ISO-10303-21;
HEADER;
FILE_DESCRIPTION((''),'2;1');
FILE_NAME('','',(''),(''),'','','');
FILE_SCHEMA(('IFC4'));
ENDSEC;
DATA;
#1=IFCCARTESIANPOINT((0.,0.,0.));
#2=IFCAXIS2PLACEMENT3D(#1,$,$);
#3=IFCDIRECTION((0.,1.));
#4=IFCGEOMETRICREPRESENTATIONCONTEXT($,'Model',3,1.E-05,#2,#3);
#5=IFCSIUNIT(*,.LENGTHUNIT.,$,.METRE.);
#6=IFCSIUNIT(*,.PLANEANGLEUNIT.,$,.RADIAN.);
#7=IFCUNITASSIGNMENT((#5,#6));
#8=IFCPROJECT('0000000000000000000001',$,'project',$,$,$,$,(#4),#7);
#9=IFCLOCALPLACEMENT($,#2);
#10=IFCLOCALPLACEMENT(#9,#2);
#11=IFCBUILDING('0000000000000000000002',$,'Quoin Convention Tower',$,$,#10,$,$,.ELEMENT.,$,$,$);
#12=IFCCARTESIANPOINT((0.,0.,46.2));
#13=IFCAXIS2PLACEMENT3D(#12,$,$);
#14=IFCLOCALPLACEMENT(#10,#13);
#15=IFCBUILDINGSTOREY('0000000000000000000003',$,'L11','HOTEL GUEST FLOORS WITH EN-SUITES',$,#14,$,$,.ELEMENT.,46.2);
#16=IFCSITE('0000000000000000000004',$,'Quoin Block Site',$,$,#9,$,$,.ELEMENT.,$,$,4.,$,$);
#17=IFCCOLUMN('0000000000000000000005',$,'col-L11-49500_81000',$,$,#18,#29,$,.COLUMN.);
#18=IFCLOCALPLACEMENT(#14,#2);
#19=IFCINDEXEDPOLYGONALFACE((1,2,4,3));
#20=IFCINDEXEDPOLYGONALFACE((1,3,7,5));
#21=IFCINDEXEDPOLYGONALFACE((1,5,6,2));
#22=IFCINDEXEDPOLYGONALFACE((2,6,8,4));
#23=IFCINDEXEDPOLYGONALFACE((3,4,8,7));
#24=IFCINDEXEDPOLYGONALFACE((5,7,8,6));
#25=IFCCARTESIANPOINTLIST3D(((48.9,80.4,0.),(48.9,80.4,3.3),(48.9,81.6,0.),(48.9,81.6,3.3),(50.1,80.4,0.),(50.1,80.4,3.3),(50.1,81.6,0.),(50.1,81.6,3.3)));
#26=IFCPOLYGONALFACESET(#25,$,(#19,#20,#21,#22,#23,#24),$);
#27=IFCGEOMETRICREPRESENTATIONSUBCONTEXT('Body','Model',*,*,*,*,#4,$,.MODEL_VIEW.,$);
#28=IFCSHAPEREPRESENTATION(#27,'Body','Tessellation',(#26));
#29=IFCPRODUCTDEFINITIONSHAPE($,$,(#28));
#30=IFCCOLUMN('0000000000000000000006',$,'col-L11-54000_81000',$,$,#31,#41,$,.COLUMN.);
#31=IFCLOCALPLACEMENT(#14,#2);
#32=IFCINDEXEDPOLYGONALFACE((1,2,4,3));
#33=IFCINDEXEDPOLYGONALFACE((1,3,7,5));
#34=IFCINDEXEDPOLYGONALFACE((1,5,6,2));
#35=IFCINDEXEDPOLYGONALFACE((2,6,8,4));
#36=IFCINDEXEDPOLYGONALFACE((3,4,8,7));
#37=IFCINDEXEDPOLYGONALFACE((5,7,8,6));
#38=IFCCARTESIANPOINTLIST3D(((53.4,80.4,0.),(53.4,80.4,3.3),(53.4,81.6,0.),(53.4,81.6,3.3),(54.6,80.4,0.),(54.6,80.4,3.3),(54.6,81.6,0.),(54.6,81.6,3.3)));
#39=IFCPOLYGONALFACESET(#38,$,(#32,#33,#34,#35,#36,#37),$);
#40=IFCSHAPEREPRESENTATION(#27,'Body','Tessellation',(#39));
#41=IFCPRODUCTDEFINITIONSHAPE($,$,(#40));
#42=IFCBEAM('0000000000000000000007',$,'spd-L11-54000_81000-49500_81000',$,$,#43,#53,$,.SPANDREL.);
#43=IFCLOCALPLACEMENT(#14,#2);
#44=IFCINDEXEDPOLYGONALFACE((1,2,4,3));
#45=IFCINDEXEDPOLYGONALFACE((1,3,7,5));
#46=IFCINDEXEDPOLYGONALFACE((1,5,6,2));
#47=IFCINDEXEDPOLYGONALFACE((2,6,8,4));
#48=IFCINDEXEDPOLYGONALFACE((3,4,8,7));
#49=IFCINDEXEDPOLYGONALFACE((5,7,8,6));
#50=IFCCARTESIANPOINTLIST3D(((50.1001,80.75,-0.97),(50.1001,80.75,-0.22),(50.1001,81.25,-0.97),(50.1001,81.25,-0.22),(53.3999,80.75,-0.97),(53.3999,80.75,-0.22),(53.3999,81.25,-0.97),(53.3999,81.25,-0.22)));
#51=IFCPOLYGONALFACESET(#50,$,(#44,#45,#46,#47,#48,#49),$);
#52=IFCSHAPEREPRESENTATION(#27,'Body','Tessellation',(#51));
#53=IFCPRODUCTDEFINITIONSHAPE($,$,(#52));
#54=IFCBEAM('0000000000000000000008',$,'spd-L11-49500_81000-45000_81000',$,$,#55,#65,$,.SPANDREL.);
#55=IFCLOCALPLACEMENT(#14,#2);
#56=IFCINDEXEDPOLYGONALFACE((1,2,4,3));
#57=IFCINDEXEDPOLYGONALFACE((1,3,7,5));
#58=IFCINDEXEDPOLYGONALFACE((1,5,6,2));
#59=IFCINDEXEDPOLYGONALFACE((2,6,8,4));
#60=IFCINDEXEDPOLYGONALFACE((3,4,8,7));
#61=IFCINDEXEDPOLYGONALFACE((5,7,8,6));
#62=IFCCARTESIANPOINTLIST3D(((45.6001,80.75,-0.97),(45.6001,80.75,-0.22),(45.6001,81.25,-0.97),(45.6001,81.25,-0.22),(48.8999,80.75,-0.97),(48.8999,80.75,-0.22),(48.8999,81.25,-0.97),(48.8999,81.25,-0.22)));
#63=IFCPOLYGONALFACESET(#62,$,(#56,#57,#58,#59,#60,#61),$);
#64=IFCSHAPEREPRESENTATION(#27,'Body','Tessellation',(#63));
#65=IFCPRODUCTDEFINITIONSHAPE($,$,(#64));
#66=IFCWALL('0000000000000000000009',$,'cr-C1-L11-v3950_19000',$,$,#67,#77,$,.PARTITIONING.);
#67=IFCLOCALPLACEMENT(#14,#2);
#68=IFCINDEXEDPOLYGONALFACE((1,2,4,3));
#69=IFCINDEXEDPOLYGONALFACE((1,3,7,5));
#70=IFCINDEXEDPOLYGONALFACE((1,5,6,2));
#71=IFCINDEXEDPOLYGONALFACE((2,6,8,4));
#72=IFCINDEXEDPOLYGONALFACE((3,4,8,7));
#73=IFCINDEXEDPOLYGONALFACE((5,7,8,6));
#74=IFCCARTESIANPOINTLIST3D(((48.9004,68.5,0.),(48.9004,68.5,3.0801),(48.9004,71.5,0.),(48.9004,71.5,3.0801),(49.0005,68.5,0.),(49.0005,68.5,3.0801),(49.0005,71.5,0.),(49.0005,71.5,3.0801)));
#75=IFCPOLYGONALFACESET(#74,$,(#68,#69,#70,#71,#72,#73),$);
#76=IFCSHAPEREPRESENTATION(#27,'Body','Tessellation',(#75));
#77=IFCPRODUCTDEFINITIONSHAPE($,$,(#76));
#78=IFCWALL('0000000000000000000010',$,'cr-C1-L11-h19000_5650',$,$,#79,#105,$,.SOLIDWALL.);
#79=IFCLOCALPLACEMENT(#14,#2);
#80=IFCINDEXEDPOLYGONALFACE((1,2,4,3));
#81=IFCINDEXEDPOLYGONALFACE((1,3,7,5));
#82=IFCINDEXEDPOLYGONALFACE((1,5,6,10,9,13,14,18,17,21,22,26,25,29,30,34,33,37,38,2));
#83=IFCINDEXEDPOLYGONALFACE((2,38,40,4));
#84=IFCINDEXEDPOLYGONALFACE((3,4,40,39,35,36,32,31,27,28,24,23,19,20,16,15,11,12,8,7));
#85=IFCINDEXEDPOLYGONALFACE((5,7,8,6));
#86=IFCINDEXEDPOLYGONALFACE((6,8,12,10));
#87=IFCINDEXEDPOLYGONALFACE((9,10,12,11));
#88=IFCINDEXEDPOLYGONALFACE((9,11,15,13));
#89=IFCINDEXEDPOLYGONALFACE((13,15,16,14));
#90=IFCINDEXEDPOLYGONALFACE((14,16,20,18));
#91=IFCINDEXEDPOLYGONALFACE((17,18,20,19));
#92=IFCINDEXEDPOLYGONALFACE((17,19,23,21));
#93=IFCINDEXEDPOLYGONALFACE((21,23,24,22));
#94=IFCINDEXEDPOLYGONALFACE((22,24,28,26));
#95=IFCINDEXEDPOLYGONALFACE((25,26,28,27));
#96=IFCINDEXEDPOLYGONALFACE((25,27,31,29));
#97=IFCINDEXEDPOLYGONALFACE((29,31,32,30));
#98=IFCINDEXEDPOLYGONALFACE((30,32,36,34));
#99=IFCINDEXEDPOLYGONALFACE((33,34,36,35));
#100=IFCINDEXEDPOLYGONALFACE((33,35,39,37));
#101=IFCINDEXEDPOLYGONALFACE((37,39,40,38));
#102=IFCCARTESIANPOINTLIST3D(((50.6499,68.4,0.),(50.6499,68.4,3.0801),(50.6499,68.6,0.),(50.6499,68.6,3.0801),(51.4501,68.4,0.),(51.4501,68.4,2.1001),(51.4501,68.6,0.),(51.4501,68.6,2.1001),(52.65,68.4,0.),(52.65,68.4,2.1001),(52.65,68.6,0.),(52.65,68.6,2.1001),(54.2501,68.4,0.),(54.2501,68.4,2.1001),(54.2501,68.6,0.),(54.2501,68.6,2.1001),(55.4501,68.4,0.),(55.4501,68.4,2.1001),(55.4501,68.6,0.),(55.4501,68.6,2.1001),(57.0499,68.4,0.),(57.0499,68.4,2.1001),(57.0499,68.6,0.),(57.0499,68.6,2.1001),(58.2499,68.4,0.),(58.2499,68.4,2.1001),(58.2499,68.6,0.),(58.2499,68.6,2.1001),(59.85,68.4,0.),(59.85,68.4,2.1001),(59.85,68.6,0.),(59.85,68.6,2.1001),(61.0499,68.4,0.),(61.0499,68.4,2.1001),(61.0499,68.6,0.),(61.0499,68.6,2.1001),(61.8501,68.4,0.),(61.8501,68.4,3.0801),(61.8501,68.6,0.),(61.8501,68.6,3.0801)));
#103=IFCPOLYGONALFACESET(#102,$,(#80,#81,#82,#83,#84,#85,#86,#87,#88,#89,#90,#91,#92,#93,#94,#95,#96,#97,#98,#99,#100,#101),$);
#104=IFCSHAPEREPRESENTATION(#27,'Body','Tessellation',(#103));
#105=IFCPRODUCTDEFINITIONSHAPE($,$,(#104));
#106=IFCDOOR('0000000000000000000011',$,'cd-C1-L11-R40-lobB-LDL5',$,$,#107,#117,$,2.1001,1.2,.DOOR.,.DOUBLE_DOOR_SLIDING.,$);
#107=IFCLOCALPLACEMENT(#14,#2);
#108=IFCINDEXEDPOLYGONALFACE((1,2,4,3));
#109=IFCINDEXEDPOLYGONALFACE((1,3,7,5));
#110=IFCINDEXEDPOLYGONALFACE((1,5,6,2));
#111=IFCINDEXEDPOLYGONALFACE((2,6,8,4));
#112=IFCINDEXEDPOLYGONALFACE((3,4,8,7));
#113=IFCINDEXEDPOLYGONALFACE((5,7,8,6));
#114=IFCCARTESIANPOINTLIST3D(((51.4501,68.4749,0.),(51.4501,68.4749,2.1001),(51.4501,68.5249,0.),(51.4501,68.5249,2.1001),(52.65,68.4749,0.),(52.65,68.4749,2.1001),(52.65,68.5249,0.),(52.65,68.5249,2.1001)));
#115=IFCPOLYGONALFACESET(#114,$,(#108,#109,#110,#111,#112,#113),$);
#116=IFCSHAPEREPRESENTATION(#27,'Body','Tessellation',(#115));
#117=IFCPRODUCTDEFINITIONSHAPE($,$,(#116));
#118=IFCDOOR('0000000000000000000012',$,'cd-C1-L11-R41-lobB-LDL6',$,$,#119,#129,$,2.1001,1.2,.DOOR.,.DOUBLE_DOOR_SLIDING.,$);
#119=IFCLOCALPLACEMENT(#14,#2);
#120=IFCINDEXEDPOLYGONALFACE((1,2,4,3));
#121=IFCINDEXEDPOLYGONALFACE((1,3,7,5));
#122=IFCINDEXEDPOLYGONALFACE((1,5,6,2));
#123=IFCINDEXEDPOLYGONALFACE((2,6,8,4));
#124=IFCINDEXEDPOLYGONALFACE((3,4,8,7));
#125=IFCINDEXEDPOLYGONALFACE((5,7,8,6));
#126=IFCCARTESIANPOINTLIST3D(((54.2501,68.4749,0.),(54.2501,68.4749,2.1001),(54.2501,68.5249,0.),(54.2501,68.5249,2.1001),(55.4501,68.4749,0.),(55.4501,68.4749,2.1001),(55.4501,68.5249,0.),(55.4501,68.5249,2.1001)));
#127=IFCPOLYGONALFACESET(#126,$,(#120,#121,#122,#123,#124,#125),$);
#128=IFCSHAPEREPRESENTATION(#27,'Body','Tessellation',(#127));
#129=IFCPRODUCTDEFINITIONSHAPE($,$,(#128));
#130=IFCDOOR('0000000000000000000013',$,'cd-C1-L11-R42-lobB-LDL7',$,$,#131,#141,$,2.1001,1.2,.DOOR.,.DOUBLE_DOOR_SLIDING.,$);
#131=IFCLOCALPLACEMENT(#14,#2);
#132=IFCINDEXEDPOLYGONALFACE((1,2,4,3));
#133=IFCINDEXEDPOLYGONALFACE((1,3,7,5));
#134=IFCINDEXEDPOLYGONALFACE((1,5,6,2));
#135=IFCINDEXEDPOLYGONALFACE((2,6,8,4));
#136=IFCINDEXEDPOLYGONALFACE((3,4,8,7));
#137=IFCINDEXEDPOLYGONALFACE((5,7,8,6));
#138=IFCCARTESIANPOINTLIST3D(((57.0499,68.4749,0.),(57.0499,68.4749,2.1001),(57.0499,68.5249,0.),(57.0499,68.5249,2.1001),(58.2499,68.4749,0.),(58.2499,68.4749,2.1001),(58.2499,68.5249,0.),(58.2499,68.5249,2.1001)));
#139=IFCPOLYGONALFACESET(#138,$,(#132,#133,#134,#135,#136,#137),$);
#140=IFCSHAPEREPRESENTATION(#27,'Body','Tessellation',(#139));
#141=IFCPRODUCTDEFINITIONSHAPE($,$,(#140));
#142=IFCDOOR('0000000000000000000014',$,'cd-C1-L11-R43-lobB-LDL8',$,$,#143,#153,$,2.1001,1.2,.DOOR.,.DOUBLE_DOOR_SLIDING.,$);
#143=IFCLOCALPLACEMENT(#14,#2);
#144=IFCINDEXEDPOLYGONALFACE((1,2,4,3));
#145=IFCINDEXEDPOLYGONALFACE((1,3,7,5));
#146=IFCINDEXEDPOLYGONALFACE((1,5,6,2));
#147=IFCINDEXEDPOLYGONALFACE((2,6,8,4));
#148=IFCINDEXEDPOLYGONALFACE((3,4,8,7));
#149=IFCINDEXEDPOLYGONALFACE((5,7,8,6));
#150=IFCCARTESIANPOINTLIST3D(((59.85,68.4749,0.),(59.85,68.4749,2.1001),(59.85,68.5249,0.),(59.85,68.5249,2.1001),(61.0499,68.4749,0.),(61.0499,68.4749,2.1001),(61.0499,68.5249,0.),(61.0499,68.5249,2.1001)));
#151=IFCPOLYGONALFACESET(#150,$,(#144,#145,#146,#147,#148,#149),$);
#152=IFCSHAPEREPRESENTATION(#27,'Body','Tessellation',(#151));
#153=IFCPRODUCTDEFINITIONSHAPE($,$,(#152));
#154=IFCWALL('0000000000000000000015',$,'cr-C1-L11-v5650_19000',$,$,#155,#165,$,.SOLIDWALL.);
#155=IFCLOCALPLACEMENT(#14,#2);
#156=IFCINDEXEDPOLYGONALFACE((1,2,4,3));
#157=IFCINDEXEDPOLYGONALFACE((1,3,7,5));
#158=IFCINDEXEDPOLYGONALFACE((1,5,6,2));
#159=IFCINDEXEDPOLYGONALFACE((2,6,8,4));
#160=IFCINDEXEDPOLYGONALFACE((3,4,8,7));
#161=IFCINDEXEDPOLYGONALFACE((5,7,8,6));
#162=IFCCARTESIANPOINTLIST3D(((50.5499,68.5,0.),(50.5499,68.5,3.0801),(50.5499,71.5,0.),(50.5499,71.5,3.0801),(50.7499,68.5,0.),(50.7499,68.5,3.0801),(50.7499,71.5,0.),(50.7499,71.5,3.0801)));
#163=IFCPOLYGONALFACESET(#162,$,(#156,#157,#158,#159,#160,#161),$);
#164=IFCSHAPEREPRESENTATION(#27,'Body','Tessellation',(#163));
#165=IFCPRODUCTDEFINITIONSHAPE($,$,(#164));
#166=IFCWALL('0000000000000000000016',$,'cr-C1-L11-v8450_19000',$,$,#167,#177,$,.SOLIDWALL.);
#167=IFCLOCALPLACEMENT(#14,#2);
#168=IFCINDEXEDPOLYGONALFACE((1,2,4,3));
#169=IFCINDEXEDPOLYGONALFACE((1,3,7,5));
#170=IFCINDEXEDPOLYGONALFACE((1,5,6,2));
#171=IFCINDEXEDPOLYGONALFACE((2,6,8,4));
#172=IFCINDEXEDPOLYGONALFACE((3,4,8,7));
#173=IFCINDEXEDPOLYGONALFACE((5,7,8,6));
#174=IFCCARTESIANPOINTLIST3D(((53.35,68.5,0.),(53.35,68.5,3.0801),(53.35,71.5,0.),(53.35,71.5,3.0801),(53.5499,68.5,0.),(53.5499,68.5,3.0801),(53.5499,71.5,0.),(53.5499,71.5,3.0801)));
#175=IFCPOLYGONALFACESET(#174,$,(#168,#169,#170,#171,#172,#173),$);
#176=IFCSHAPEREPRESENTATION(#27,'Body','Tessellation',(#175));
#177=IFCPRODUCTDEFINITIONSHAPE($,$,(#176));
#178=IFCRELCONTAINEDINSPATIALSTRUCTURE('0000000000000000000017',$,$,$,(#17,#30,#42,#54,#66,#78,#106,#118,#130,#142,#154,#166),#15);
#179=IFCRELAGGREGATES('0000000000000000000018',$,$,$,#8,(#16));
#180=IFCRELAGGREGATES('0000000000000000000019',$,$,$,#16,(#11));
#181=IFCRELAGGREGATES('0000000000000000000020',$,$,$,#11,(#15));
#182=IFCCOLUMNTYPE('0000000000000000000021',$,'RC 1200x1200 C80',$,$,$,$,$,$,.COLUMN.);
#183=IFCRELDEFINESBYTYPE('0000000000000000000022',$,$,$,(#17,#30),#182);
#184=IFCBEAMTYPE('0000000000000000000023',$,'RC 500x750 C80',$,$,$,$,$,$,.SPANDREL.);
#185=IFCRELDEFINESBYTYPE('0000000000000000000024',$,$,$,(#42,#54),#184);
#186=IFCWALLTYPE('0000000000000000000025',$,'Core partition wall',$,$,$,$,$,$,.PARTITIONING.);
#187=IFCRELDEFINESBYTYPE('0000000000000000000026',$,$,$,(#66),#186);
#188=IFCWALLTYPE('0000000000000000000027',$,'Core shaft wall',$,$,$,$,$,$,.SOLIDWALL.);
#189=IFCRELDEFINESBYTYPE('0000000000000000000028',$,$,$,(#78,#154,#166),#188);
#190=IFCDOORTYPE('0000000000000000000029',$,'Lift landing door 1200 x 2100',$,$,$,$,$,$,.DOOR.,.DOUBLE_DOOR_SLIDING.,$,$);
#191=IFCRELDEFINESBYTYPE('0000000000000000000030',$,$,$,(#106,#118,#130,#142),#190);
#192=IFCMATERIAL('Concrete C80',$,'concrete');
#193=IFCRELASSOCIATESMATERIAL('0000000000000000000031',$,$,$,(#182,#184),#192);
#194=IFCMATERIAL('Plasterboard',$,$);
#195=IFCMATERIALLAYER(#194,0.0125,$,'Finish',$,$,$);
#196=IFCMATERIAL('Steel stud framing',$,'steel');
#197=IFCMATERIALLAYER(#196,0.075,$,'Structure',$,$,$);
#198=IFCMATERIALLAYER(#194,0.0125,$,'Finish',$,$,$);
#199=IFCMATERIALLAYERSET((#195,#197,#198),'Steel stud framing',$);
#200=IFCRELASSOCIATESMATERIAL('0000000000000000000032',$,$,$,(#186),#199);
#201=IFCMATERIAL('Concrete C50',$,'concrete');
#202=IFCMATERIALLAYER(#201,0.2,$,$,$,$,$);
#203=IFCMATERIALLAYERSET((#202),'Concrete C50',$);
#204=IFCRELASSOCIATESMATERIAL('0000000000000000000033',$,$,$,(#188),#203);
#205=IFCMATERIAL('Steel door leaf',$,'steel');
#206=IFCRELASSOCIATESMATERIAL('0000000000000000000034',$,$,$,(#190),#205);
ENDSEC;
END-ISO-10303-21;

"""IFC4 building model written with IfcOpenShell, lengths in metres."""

from ifc_helpers import new_model, si_unit, direction, frame, frame_2d, origin, origin_2d, place, context, subcontext, project, spatial, rectangle, extrude, material, layer, layer_set, material_profile, profile_set, type_object, element, fill, save


model = new_model("IFC4")

# Units and contexts
model_context = context("Model", 3, precision=1e-05, world=origin(), true_north=direction((0.0, 1.0)))
body_context = subcontext(model_context, "Body", "Model", "MODEL_VIEW")
ifc_project = project(units=[si_unit("LENGTHUNIT", "METRE"), si_unit("PLANEANGLEUNIT", "RADIAN")], contexts=[model_context])

# Site, building, storey
site_placement = place(None, origin())
site = spatial("IfcSite", under=ifc_project, at=site_placement, Name="Quoin Block Site", CompositionType="ELEMENT", RefElevation=4.0)
building_placement = place(site_placement, origin())
building = spatial("IfcBuilding", under=site, at=building_placement, Name="Quoin Convention Tower", CompositionType="ELEMENT")
storey_placement = place(building_placement, frame((0.0, 0.0, 46.2)))
storey = spatial("IfcBuildingStorey", under=building, at=storey_placement, Name="L11", Description="HOTEL GUEST FLOORS WITH EN-SUITES", CompositionType="ELEMENT", Elevation=46.2)

# Columns
ifc_material_1 = material(Name="Concrete C80", Category="concrete")
ifc_material_profile_1 = material_profile(ifc_material_1, rectangle(XDim=1.2, YDim=1.2, at=origin_2d()), Name="RC 1200x1200")
ifc_profile_set_1 = profile_set([ifc_material_profile_1], Name="Concrete C80")
column_type = type_object("IfcColumnType", Name="RC 1200x1200 C80", PredefinedType="COLUMN", material=ifc_profile_set_1)
for number, where, z_axis, x_axis, name in (
    (1, (49.5, 81.0, 0.0), (0.0, 0.0, 1.0), (1.0, 0.0, 0.0), "col-L11-49500_81000"),
    (2, (54.0, 81.0, 0.0), (0.0, 0.0, 1.0), (1.0, 0.0, 0.0), "col-L11-54000_81000"),
):
    element("IfcColumn", number, at=place(storey_placement, frame(where, z_axis=z_axis, x_axis=x_axis)), inside=storey, type_object=column_type, Name=name, PredefinedType="COLUMN", context=body_context, shape_type="SweptSolid", body=[
        extrude(rectangle(XDim=1.2, YDim=1.2, at=origin_2d()), origin(), (0.0, 0.0, 1.0), 3.3),
    ])

# Beams
ifc_material_profile_2 = material_profile(ifc_material_1, rectangle(XDim=0.5, YDim=0.75, at=origin_2d()), Name="RC 500x750")
ifc_profile_set_2 = profile_set([ifc_material_profile_2], Name="Concrete C80")
beam_type = type_object("IfcBeamType", Name="RC 500x750 C80", PredefinedType="SPANDREL", material=ifc_profile_set_2)
for number, where, z_axis, x_axis, name in (
    (3, (53.3999, 81.0, -0.595), (-1.0, 0.0, 0.0), (0.0, -1.0, 0.0), "spd-L11-54000_81000-49500_81000"),
    (4, (48.8999, 81.0, -0.595), (-1.0, 0.0, 0.0), (0.0, -1.0, 0.0), "spd-L11-49500_81000-45000_81000"),
):
    element("IfcBeam", number, at=place(storey_placement, frame(where, z_axis=z_axis, x_axis=x_axis)), inside=storey, type_object=beam_type, Name=name, PredefinedType="SPANDREL", context=body_context, shape_type="SweptSolid", body=[
        extrude(rectangle(XDim=0.5, YDim=0.75, at=origin_2d()), origin(), (0.0, 0.0, 1.0), 3.2998),
    ])

# Wall
ifc_material_2 = material(Name="Plasterboard")
ifc_layer_1 = layer(ifc_material_2, 0.0125, Name="Finish")
ifc_material_3 = material(Name="Steel stud framing", Category="steel")
ifc_layer_2 = layer(ifc_material_3, 0.075, Name="Structure")
ifc_layer_3 = layer(ifc_material_2, 0.0125, Name="Finish")
ifc_layer_set_1 = layer_set([ifc_layer_1, ifc_layer_2, ifc_layer_3], Name="Steel stud framing")
wall_type_1 = type_object("IfcWallType", Name="Core partition wall", PredefinedType="PARTITIONING", material=ifc_layer_set_1)
wall_1_placement = place(storey_placement, frame((48.9504, 68.5, 0.0), z_axis=(0.0, 0.0, 1.0), x_axis=(0.0, 1.0, 0.0)))
element("IfcWall", 5, at=wall_1_placement, inside=storey, type_object=wall_type_1, Name="cr-C1-L11-v3950_19000", PredefinedType="PARTITIONING", context=body_context, shape_type="SweptSolid", body=[
    extrude(rectangle(XDim=3.0, YDim=0.1001, at=frame_2d((1.5, 0.0))), origin(), (0.0, 0.0, 1.0), 3.0801),
])

# Wall, openings, doors
ifc_material_4 = material(Name="Concrete C50", Category="concrete")
ifc_layer_4 = layer(ifc_material_4, 0.2)
ifc_layer_set_2 = layer_set([ifc_layer_4], Name="Concrete C50")
wall_type_2 = type_object("IfcWallType", Name="Core shaft wall", PredefinedType="SOLIDWALL", material=ifc_layer_set_2)
wall_2_placement = place(storey_placement, frame((50.6499, 68.5, 0.0), z_axis=(0.0, 0.0, 1.0), x_axis=(1.0, 0.0, 0.0)))
wall_2 = element("IfcWall", 6, at=wall_2_placement, inside=storey, type_object=wall_type_2, Name="cr-C1-L11-h19000_5650", PredefinedType="SOLIDWALL", context=body_context, shape_type="SweptSolid", body=[
    extrude(rectangle(XDim=11.2002, YDim=0.2, at=frame_2d((5.6001, 0.0))), origin(), (0.0, 0.0, 1.0), 3.0801),
])
opening_1_placement = place(wall_2_placement, frame((0.8, 0.0, 0.0)))
opening_1 = element("IfcOpeningElement", 7, at=opening_1_placement, cuts=wall_2, PredefinedType="OPENING", context=body_context, shape_type="SweptSolid", body=[
    extrude(rectangle(XDim=1.2, YDim=2.1001, at=frame_2d((0.6001, 1.05))), frame((0.0, 0.1099, 0.0), z_axis=(0.0, -1.0, 0.0), x_axis=(1.0, 0.0, 0.0)), (0.0, 0.0, 1.0), 0.22),
])
opening_2_placement = place(wall_2_placement, frame((3.6001, 0.0, 0.0)))
opening_2 = element("IfcOpeningElement", 8, at=opening_2_placement, cuts=wall_2, PredefinedType="OPENING", context=body_context, shape_type="SweptSolid", body=[
    extrude(rectangle(XDim=1.2, YDim=2.1001, at=frame_2d((0.6001, 1.05))), frame((0.0, 0.1099, 0.0), z_axis=(0.0, -1.0, 0.0), x_axis=(1.0, 0.0, 0.0)), (0.0, 0.0, 1.0), 0.22),
])
opening_3_placement = place(wall_2_placement, frame((6.3999, 0.0, 0.0)))
opening_3 = element("IfcOpeningElement", 9, at=opening_3_placement, cuts=wall_2, PredefinedType="OPENING", context=body_context, shape_type="SweptSolid", body=[
    extrude(rectangle(XDim=1.2, YDim=2.1001, at=frame_2d((0.6001, 1.05))), frame((0.0, 0.1099, 0.0), z_axis=(0.0, -1.0, 0.0), x_axis=(1.0, 0.0, 0.0)), (0.0, 0.0, 1.0), 0.22),
])
opening_4_placement = place(wall_2_placement, frame((9.2, 0.0, 0.0)))
opening_4 = element("IfcOpeningElement", 10, at=opening_4_placement, cuts=wall_2, PredefinedType="OPENING", context=body_context, shape_type="SweptSolid", body=[
    extrude(rectangle(XDim=1.2, YDim=2.1001, at=frame_2d((0.6001, 1.05))), frame((0.0, 0.1099, 0.0), z_axis=(0.0, -1.0, 0.0), x_axis=(1.0, 0.0, 0.0)), (0.0, 0.0, 1.0), 0.22),
])
ifc_material_5 = material(Name="Steel door leaf", Category="steel")
door_type_1 = type_object("IfcDoorType", Name="Lift landing door 1200 x 2100", OperationType="DOUBLE_DOOR_SLIDING", PredefinedType="DOOR", material=ifc_material_5)
door_1_placement = place(opening_1_placement, origin())
door_1 = element("IfcDoor", 11, at=door_1_placement, inside=storey, type_object=door_type_1, Name="cd-C1-L11-R40-lobB-LDL5", OperationType="DOUBLE_DOOR_SLIDING", OverallHeight=2.1001, OverallWidth=1.2, PredefinedType="DOOR", context=body_context, shape_type="SweptSolid", body=[
    extrude(rectangle(XDim=1.2, YDim=2.1001, at=frame_2d((0.6001, 1.05))), frame((0.0, 0.0249, 0.0), z_axis=(0.0, -1.0, 0.0), x_axis=(1.0, 0.0, 0.0)), (0.0, 0.0, 1.0), 0.05),
])
fill(opening_1, door_1)
door_2_placement = place(opening_2_placement, origin())
door_2 = element("IfcDoor", 12, at=door_2_placement, inside=storey, type_object=door_type_1, Name="cd-C1-L11-R41-lobB-LDL6", OperationType="DOUBLE_DOOR_SLIDING", OverallHeight=2.1001, OverallWidth=1.2, PredefinedType="DOOR", context=body_context, shape_type="SweptSolid", body=[
    extrude(rectangle(XDim=1.2, YDim=2.1001, at=frame_2d((0.6001, 1.05))), frame((0.0, 0.0249, 0.0), z_axis=(0.0, -1.0, 0.0), x_axis=(1.0, 0.0, 0.0)), (0.0, 0.0, 1.0), 0.05),
])
fill(opening_2, door_2)
door_3_placement = place(opening_3_placement, origin())
door_3 = element("IfcDoor", 13, at=door_3_placement, inside=storey, type_object=door_type_1, Name="cd-C1-L11-R42-lobB-LDL7", OperationType="DOUBLE_DOOR_SLIDING", OverallHeight=2.1001, OverallWidth=1.2, PredefinedType="DOOR", context=body_context, shape_type="SweptSolid", body=[
    extrude(rectangle(XDim=1.2, YDim=2.1001, at=frame_2d((0.6001, 1.05))), frame((0.0, 0.0249, 0.0), z_axis=(0.0, -1.0, 0.0), x_axis=(1.0, 0.0, 0.0)), (0.0, 0.0, 1.0), 0.05),
])
fill(opening_3, door_3)
door_4_placement = place(opening_4_placement, origin())
door_4 = element("IfcDoor", 14, at=door_4_placement, inside=storey, type_object=door_type_1, Name="cd-C1-L11-R43-lobB-LDL8", OperationType="DOUBLE_DOOR_SLIDING", OverallHeight=2.1001, OverallWidth=1.2, PredefinedType="DOOR", context=body_context, shape_type="SweptSolid", body=[
    extrude(rectangle(XDim=1.2, YDim=2.1001, at=frame_2d((0.6001, 1.05))), frame((0.0, 0.0249, 0.0), z_axis=(0.0, -1.0, 0.0), x_axis=(1.0, 0.0, 0.0)), (0.0, 0.0, 1.0), 0.05),
])
fill(opening_4, door_4)

# Walls
for number, where, z_axis, x_axis, name in (
    (15, (50.6499, 68.5, 0.0), (0.0, 0.0, 1.0), (0.0, 1.0, 0.0), "cr-C1-L11-v5650_19000"),
    (16, (53.45, 68.5, 0.0), (0.0, 0.0, 1.0), (0.0, 1.0, 0.0), "cr-C1-L11-v8450_19000"),
):
    element("IfcWall", number, at=place(storey_placement, frame(where, z_axis=z_axis, x_axis=x_axis)), inside=storey, type_object=wall_type_2, Name=name, PredefinedType="SOLIDWALL", context=body_context, shape_type="SweptSolid", body=[
        extrude(rectangle(XDim=3.0, YDim=0.2, at=frame_2d((1.5, 0.0))), origin(), (0.0, 0.0, 1.0), 3.0801),
    ])

save(model, "model.ifc")
